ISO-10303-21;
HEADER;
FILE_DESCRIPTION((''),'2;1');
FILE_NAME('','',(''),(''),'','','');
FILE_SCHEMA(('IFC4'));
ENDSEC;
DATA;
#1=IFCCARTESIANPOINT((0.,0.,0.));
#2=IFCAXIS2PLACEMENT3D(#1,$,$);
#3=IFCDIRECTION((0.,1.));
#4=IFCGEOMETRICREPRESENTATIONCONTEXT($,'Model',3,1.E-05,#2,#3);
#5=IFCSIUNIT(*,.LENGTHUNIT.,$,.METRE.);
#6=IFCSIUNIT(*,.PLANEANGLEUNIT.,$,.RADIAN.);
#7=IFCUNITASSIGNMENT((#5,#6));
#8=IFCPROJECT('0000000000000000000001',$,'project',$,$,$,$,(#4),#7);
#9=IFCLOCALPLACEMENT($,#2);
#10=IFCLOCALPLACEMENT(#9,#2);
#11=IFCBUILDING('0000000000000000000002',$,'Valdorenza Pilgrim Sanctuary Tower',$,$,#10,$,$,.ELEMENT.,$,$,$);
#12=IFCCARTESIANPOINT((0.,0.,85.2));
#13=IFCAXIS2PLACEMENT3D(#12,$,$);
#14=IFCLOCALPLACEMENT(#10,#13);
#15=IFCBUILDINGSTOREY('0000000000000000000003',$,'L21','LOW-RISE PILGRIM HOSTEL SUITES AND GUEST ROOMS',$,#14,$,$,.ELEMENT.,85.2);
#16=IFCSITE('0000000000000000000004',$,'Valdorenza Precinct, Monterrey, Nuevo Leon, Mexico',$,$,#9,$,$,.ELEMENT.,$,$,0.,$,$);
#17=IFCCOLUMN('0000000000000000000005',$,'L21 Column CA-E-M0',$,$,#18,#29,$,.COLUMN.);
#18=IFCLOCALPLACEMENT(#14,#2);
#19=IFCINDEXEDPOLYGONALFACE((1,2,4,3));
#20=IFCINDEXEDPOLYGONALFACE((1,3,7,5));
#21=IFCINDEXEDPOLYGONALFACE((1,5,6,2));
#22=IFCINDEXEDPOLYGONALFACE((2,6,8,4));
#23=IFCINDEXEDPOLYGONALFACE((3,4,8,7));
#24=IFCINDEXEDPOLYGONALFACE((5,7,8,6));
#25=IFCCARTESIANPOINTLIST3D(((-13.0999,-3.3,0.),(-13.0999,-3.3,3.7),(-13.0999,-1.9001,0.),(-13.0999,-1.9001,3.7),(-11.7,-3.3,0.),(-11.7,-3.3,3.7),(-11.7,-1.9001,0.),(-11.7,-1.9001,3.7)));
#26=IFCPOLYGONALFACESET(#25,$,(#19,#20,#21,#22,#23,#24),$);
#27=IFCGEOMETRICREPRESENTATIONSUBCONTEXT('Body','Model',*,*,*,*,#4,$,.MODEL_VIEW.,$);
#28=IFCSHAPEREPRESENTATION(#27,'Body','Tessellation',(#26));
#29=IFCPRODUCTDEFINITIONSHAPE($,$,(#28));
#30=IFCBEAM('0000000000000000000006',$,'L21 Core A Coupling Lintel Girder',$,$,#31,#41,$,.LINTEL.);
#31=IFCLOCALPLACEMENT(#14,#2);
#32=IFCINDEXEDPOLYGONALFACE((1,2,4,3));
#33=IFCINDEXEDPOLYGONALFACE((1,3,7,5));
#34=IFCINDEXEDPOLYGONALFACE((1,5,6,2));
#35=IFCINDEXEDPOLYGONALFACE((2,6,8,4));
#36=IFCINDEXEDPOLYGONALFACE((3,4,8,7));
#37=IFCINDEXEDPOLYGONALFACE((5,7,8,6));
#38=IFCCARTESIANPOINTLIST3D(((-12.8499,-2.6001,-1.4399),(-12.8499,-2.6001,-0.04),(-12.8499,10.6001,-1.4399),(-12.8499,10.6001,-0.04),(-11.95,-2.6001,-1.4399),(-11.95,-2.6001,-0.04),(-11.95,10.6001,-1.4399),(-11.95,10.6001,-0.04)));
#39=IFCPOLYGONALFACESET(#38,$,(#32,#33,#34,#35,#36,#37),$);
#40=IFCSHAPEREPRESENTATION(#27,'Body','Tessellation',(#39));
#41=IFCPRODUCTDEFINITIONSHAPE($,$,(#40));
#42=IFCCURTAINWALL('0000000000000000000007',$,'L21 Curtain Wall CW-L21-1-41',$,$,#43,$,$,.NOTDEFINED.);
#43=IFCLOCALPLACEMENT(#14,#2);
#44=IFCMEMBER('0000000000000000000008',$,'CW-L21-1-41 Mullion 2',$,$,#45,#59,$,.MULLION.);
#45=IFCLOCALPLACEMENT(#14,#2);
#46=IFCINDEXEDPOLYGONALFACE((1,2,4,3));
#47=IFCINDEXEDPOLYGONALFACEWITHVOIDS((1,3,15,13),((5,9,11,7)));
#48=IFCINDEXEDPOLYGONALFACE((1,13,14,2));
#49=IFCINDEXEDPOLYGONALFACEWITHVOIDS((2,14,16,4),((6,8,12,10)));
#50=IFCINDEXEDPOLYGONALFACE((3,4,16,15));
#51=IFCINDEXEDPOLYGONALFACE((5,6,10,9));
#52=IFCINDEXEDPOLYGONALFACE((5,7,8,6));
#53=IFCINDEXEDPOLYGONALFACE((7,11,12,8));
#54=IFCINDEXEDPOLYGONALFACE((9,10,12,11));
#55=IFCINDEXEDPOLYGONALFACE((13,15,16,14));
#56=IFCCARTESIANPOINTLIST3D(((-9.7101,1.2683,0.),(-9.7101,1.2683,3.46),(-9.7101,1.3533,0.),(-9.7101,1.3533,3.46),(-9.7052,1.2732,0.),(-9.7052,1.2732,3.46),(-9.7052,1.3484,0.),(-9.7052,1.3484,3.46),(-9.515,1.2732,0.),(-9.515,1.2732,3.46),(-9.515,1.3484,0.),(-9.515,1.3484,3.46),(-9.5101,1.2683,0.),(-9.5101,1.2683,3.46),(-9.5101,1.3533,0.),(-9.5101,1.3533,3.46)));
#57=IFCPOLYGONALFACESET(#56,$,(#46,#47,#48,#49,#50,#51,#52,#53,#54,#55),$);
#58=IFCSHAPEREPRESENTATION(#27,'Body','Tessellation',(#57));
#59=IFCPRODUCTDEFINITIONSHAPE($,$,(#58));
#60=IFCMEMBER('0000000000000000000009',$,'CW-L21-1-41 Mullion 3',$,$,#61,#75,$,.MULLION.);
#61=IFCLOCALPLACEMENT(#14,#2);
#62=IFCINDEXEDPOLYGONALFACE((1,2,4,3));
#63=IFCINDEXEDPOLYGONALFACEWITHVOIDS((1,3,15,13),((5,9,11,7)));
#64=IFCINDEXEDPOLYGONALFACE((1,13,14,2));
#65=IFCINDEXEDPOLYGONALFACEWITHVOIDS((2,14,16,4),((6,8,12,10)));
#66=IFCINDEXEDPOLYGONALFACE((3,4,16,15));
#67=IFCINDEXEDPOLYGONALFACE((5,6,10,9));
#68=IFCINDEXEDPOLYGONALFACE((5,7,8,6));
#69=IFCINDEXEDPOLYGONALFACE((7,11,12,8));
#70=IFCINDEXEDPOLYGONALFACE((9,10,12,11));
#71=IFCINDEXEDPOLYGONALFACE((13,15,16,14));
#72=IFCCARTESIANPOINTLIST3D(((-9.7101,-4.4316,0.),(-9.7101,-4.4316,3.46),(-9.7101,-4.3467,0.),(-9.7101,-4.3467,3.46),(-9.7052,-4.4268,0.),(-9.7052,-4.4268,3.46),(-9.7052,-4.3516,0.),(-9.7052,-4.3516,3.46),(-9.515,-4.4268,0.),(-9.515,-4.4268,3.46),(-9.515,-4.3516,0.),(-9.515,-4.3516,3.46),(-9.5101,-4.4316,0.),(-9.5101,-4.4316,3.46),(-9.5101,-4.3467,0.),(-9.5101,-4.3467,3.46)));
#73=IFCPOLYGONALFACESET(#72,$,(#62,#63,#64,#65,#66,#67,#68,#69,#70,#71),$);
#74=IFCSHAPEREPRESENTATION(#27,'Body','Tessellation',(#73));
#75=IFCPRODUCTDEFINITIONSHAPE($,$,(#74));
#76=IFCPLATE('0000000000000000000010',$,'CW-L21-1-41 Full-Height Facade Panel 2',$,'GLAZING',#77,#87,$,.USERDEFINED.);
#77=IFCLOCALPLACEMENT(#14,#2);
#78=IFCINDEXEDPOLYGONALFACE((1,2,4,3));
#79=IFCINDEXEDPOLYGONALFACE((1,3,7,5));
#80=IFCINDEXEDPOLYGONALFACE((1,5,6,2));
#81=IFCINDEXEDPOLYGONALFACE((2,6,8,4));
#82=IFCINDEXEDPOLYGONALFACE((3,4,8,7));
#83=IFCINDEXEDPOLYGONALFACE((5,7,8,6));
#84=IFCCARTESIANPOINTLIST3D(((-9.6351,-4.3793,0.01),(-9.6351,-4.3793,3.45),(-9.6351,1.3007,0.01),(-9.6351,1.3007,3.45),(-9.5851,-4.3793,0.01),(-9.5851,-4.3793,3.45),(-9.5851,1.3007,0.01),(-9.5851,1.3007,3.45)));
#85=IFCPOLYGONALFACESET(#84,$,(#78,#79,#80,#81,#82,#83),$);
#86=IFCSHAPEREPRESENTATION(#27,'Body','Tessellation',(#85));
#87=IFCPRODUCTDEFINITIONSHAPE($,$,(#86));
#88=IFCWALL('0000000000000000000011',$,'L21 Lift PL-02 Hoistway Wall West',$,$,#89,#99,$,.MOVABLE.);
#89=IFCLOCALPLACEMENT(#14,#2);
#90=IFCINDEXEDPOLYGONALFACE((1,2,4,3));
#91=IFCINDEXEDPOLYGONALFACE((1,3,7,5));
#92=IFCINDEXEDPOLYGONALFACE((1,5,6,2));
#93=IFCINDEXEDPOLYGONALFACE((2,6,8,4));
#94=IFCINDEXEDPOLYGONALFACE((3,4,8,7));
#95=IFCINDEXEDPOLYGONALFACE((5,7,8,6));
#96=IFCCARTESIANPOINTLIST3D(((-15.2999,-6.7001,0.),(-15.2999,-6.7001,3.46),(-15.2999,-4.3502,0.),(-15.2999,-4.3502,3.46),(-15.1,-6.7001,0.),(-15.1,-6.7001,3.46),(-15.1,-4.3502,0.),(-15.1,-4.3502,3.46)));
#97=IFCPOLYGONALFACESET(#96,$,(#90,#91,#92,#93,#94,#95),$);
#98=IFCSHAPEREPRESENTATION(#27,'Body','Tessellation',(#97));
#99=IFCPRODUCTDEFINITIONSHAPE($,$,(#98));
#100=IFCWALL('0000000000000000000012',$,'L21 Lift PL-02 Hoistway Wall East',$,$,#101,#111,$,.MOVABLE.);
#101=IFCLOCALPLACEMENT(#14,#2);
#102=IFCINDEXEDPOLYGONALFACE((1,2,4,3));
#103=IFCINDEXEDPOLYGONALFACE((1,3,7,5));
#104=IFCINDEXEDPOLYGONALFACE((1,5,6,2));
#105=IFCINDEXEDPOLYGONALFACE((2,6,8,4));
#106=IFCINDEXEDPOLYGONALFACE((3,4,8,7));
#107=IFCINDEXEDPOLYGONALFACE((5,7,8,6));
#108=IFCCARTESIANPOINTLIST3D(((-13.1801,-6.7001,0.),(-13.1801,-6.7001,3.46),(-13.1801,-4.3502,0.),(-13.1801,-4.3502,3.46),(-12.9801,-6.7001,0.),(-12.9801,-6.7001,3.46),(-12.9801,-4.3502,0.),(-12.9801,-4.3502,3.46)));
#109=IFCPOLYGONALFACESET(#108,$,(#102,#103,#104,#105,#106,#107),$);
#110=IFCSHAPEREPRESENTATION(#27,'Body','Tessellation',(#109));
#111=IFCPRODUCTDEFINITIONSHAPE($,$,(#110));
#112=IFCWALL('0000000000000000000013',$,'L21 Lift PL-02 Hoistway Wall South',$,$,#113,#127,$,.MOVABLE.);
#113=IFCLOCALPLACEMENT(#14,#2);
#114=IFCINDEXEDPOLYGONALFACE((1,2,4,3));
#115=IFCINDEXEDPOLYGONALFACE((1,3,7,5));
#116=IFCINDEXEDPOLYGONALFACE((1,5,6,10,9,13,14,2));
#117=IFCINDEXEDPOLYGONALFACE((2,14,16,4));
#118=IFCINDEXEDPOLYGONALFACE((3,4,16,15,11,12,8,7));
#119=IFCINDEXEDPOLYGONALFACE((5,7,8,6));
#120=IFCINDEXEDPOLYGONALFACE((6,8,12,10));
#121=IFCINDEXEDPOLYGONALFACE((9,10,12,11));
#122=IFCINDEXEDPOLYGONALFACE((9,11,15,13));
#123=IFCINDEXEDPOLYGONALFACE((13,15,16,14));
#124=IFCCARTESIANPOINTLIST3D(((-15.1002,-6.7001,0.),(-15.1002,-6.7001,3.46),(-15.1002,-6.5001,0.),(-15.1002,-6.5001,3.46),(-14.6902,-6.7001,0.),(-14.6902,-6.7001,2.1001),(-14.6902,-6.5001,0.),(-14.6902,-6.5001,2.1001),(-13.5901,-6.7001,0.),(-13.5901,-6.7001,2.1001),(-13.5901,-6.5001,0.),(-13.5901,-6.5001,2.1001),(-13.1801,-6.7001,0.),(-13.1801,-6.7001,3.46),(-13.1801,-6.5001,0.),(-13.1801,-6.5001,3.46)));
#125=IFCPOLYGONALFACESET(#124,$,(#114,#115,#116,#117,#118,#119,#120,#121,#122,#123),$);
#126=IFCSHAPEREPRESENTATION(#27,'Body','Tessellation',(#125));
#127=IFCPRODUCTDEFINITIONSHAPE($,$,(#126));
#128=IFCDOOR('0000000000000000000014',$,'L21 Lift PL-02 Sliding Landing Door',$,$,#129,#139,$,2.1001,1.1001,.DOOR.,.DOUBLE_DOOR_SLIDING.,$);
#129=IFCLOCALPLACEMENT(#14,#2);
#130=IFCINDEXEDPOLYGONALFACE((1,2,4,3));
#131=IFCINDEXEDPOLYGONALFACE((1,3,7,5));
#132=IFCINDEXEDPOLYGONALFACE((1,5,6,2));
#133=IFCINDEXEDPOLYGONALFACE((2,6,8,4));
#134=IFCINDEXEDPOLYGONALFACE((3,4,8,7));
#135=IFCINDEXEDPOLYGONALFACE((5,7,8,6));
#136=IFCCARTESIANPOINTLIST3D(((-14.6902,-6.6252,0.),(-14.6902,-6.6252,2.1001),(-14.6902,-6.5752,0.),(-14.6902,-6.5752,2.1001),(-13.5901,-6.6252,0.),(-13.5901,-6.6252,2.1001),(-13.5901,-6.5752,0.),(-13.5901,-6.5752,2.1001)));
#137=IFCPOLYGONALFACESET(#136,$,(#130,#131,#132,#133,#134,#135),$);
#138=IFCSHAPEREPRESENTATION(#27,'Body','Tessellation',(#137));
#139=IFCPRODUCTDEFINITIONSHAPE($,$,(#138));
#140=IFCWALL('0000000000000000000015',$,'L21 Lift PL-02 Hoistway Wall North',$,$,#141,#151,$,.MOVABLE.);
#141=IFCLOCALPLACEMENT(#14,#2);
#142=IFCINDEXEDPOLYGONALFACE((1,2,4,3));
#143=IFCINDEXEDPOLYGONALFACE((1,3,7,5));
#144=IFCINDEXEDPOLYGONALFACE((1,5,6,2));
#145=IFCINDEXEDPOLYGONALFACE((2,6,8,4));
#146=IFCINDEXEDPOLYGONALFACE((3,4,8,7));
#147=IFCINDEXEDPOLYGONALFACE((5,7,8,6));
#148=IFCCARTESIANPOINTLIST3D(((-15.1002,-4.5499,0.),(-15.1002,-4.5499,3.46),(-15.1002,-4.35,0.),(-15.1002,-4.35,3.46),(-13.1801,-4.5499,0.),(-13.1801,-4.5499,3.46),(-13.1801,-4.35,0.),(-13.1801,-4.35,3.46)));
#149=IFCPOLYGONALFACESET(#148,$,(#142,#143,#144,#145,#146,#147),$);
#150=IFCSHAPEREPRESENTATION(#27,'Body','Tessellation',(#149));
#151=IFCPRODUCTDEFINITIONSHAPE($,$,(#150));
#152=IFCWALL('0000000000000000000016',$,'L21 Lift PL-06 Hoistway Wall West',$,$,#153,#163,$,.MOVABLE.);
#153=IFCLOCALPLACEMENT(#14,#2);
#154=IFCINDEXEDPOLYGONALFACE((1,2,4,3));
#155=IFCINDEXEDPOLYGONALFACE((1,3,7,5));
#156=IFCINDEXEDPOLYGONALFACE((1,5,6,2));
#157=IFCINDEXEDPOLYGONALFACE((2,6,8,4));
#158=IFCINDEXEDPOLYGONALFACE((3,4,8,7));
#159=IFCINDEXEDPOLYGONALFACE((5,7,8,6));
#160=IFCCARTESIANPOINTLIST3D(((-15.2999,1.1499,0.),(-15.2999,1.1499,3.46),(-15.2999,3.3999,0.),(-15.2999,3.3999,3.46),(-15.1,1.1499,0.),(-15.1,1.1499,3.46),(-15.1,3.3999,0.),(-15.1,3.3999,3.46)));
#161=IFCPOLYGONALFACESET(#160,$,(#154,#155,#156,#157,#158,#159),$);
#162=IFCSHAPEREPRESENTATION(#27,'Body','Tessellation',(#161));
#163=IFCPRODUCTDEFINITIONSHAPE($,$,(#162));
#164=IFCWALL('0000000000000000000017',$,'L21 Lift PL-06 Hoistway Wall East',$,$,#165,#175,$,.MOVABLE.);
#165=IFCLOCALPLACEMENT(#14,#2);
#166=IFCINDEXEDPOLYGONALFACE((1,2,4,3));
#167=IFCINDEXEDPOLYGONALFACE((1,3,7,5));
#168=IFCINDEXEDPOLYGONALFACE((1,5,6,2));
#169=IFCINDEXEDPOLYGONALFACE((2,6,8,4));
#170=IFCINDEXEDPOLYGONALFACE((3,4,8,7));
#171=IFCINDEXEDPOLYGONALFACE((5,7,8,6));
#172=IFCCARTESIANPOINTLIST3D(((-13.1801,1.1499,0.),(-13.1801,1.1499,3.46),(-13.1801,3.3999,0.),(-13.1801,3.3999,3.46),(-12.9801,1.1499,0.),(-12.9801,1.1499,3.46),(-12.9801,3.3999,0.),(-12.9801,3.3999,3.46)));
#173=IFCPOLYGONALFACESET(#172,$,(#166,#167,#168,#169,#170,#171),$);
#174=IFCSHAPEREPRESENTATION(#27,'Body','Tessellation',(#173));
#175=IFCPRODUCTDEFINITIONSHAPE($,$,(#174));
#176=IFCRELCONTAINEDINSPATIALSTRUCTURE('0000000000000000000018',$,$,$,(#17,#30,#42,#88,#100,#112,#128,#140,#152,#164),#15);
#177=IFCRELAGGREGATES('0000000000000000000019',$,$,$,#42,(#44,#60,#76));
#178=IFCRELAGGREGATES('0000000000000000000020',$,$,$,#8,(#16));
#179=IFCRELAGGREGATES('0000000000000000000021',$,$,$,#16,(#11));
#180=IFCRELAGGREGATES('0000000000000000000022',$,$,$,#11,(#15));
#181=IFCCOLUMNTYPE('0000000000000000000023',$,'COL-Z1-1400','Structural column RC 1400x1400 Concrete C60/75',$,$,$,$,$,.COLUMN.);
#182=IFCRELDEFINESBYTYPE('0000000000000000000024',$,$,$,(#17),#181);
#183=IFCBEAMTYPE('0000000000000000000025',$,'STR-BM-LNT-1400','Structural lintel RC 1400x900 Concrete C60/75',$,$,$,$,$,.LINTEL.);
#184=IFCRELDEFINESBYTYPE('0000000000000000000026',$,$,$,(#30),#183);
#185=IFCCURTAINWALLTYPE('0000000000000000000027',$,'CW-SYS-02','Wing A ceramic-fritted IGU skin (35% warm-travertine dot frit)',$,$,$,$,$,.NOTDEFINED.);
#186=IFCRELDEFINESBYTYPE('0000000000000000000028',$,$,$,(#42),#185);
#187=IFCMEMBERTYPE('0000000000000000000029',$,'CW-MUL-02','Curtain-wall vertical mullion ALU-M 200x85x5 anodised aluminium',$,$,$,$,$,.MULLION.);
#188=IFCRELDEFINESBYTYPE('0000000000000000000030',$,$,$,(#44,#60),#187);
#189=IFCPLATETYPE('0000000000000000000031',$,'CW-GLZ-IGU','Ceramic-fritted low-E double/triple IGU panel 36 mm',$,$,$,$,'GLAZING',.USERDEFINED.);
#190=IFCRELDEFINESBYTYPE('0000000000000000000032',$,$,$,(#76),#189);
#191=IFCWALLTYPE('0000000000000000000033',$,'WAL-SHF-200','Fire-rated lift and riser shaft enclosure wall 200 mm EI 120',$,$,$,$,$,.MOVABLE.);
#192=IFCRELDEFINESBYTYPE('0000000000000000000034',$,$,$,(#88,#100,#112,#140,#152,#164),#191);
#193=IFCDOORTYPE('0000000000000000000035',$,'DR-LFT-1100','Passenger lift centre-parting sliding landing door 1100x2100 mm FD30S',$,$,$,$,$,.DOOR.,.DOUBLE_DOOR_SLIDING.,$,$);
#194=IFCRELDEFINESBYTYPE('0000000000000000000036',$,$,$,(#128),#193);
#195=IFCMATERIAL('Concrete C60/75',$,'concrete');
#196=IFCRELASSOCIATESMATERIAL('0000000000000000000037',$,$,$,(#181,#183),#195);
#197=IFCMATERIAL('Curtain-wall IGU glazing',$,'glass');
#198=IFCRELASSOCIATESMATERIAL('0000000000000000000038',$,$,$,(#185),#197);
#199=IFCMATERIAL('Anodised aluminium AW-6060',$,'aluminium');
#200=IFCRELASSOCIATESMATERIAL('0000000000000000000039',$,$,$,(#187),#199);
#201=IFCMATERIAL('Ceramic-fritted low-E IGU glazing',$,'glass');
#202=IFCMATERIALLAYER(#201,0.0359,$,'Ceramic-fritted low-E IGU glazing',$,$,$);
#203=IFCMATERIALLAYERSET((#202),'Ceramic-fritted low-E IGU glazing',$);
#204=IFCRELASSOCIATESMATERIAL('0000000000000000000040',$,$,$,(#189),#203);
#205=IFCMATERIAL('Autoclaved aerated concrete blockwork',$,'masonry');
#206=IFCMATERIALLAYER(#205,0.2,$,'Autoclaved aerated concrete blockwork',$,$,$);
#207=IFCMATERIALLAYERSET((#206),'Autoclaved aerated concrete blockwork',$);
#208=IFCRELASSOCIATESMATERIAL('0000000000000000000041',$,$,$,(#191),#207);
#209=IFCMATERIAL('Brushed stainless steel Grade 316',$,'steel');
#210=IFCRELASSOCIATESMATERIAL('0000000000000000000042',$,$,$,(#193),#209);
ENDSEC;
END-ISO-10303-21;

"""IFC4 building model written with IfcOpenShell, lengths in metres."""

from ifc_helpers import new_model, si_unit, direction, frame, frame_2d, origin, origin_2d, place, context, subcontext, project, spatial, rectangle, hollow_rectangle, extrude, source, transform, mapped, material, layer, layer_set, material_profile, profile_set, type_object, element, fill, aggregate, save


model = new_model("IFC4")

# Units and contexts
model_context = context("Model", 3, precision=1e-05, world=origin(), true_north=direction((0.0, 1.0)))
body_context = subcontext(model_context, "Body", "Model", "MODEL_VIEW")
ifc_project = project(units=[si_unit("LENGTHUNIT", "METRE"), si_unit("PLANEANGLEUNIT", "RADIAN")], contexts=[model_context])

# Site, building, storey
site_placement = place(None, origin())
site = spatial("IfcSite", under=ifc_project, at=site_placement, Name="Valdorenza Precinct, Monterrey, Nuevo Leon, Mexico", CompositionType="ELEMENT", RefElevation=0.0)
building_placement = place(site_placement, origin())
building = spatial("IfcBuilding", under=site, at=building_placement, Name="Valdorenza Pilgrim Sanctuary Tower", CompositionType="ELEMENT")
storey_placement = place(building_placement, frame((0.0, 0.0, 85.2)))
storey = spatial("IfcBuildingStorey", under=building, at=storey_placement, Name="L21", Description="LOW-RISE PILGRIM HOSTEL SUITES AND GUEST ROOMS", CompositionType="ELEMENT", Elevation=85.2)

# Column
ifc_material_1 = material(Name="Concrete C60/75", Category="concrete")
ifc_material_profile_1 = material_profile(ifc_material_1, rectangle(XDim=1.3999, YDim=1.3999, at=origin_2d()), Name="RC 1400x1400")
ifc_profile_set_1 = profile_set([ifc_material_profile_1], Name="Concrete C60/75")
column_type = type_object("IfcColumnType", Name="COL-Z1-1400", Description="Structural column RC 1400x1400 Concrete C60/75", PredefinedType="COLUMN", material=ifc_profile_set_1)
shared_shape_1 = source(origin(), body_context, "Body", "SweptSolid", [
    extrude(rectangle(XDim=1.3999, YDim=1.3999, at=origin_2d()), origin(), (0.0, 0.0, 1.0), 3.7),
])
column_placement = place(storey_placement, frame((-12.3999, -2.6001, 0.0), z_axis=(0.0, 0.0, 1.0), x_axis=(1.0, 0.0, 0.0)))
element("IfcColumn", 1, at=column_placement, inside=storey, type_object=column_type, Name="L21 Column CA-E-M0", PredefinedType="COLUMN", context=body_context, shape_type="MappedRepresentation", body=[
    mapped(shared_shape_1, transform((0.0, 0.0, 0.0), x_axis=(1.0, 0.0, 0.0), y_axis=(0.0, 1.0, 0.0), z_axis=(0.0, 0.0, 1.0), scale=1.0)),
])

# Beam
ifc_material_profile_2 = material_profile(ifc_material_1, rectangle(XDim=0.8999, YDim=1.3999, at=origin_2d()), Name="RC 1400x900")
ifc_profile_set_2 = profile_set([ifc_material_profile_2], Name="Concrete C60/75")
beam_type = type_object("IfcBeamType", Name="STR-BM-LNT-1400", Description="Structural lintel RC 1400x900 Concrete C60/75", PredefinedType="LINTEL", material=ifc_profile_set_2)
shared_shape_2 = source(origin(), body_context, "Body", "SweptSolid", [
    extrude(rectangle(XDim=0.8999, YDim=1.3999, at=origin_2d()), origin(), (0.0, 0.0, 1.0), 13.2002),
])
beam_placement = place(storey_placement, frame((-12.3999, -2.6001, -0.74), z_axis=(0.0, 1.0, 0.0), x_axis=(-1.0, 0.0, 0.0)))
element("IfcBeam", 2, at=beam_placement, inside=storey, type_object=beam_type, Name="L21 Core A Coupling Lintel Girder", PredefinedType="LINTEL", context=body_context, shape_type="MappedRepresentation", body=[
    mapped(shared_shape_2, transform((0.0, 0.0, 0.0), x_axis=(1.0, 0.0, 0.0), y_axis=(0.0, 1.0, 0.0), z_axis=(0.0, 0.0, 1.0), scale=1.0)),
])

# Curtain wall, members, plate
ifc_material_2 = material(Name="Curtain-wall IGU glazing", Category="glass")
curtain_wall_type = type_object("IfcCurtainWallType", Name="CW-SYS-02", Description="Wing A ceramic-fritted IGU skin (35% warm-travertine dot frit)", PredefinedType="NOTDEFINED", material=ifc_material_2)
curtain_wall_placement = place(storey_placement, origin())
curtain_wall = element("IfcCurtainWall", 3, at=curtain_wall_placement, inside=storey, type_object=curtain_wall_type, Name="L21 Curtain Wall CW-L21-1-41", PredefinedType="NOTDEFINED")
ifc_material_3 = material(Name="Anodised aluminium AW-6060", Category="aluminium")
ifc_material_profile_3 = material_profile(ifc_material_3, hollow_rectangle(XDim=0.085, YDim=0.2, WallThickness=0.0049, at=origin_2d()), Name="ALU-M 200x85x5")
ifc_profile_set_3 = profile_set([ifc_material_profile_3], Name="Anodised aluminium AW-6060")
member_type = type_object("IfcMemberType", Name="CW-MUL-02", Description="Curtain-wall vertical mullion ALU-M 200x85x5 anodised aluminium", PredefinedType="MULLION", material=ifc_profile_set_3)
shared_shape_3 = source(origin(), body_context, "Body", "SweptSolid", [
    extrude(hollow_rectangle(XDim=0.085, YDim=0.2, WallThickness=0.0049, at=origin_2d()), origin(), (0.0, 0.0, 1.0), 3.46),
])
member_1_placement = place(storey_placement, frame((-9.6101, 1.3108, 0.0), z_axis=(0.0, 0.0, 1.0), x_axis=(0.0, -1.0, 0.0)))
member_1 = element("IfcMember", 4, at=member_1_placement, type_object=member_type, Name="CW-L21-1-41 Mullion 2", PredefinedType="MULLION", context=body_context, shape_type="MappedRepresentation", body=[
    mapped(shared_shape_3, transform((0.0, 0.0, 0.0), x_axis=(1.0, 0.0, 0.0), y_axis=(0.0, 1.0, 0.0), z_axis=(0.0, 0.0, 1.0), scale=1.0)),
])
member_2_placement = place(storey_placement, frame((-9.6101, -4.3892, 0.0), z_axis=(0.0, 0.0, 1.0), x_axis=(0.0, -1.0, 0.0)))
member_2 = element("IfcMember", 5, at=member_2_placement, type_object=member_type, Name="CW-L21-1-41 Mullion 3", PredefinedType="MULLION", context=body_context, shape_type="MappedRepresentation", body=[
    mapped(shared_shape_3, transform((0.0, 0.0, 0.0), x_axis=(1.0, 0.0, 0.0), y_axis=(0.0, 1.0, 0.0), z_axis=(0.0, 0.0, 1.0), scale=1.0)),
])
ifc_material_4 = material(Name="Ceramic-fritted low-E IGU glazing", Category="glass")
ifc_layer_1 = layer(ifc_material_4, 0.0359, Name="Ceramic-fritted low-E IGU glazing")
ifc_layer_set_1 = layer_set([ifc_layer_1], Name="Ceramic-fritted low-E IGU glazing")
plate_type = type_object("IfcPlateType", Name="CW-GLZ-IGU", Description="Ceramic-fritted low-E double/triple IGU panel 36 mm", ElementType="GLAZING", PredefinedType="USERDEFINED", material=ifc_layer_set_1)
shared_shape_4 = source(origin(), body_context, "Body", "SweptSolid", [
    extrude(rectangle(XDim=5.6799, YDim=0.05, at=origin_2d()), origin(), (0.0, 0.0, 1.0), 3.4399),
])
plate_placement = place(storey_placement, frame((-9.6101, -1.5393, 0.01), z_axis=(0.0, 0.0, 1.0), x_axis=(0.0, -1.0, 0.0)))
plate = element("IfcPlate", 6, at=plate_placement, type_object=plate_type, Name="CW-L21-1-41 Full-Height Facade Panel 2", ObjectType="GLAZING", PredefinedType="USERDEFINED", context=body_context, shape_type="MappedRepresentation", body=[
    mapped(shared_shape_4, transform((0.0, 0.0, 0.0), x_axis=(1.0, 0.0, 0.0), y_axis=(0.0, 1.0, 0.0), z_axis=(0.0, 0.0, 1.0), scale=1.0)),
])
aggregate(curtain_wall, [member_1, member_2, plate])

# Walls
ifc_material_5 = material(Name="Autoclaved aerated concrete blockwork", Category="masonry")
ifc_layer_2 = layer(ifc_material_5, 0.2, Name="Autoclaved aerated concrete blockwork")
ifc_layer_set_2 = layer_set([ifc_layer_2], Name="Autoclaved aerated concrete blockwork")
wall_type_1 = type_object("IfcWallType", Name="WAL-SHF-200", Description="Fire-rated lift and riser shaft enclosure wall 200 mm EI 120", PredefinedType="MOVABLE", material=ifc_layer_set_2)
for number, where, z_axis, x_axis, name in (
    (7, (-15.2, -6.7, 0.0), (0.0, 0.0, 1.0), (0.0, 1.0, 0.0), "L21 Lift PL-02 Hoistway Wall West"),
    (8, (-13.0801, -6.7, 0.0), (0.0, 0.0, 1.0), (0.0, 1.0, 0.0), "L21 Lift PL-02 Hoistway Wall East"),
):
    element("IfcWall", number, at=place(storey_placement, frame(where, z_axis=z_axis, x_axis=x_axis)), inside=storey, type_object=wall_type_1, Name=name, PredefinedType="MOVABLE", context=body_context, shape_type="SweptSolid", body=[
        extrude(rectangle(XDim=2.3499, YDim=0.2, at=frame_2d((1.1748, 0.0))), origin(), (0.0, 0.0, 1.0), 3.46),
    ])

# Wall, opening, door
wall_1_placement = place(storey_placement, frame((-15.1001, -6.6001, 0.0), z_axis=(0.0, 0.0, 1.0), x_axis=(1.0, 0.0, 0.0)))
wall_1 = element("IfcWall", 9, at=wall_1_placement, inside=storey, type_object=wall_type_1, Name="L21 Lift PL-02 Hoistway Wall South", PredefinedType="MOVABLE", context=body_context, shape_type="SweptSolid", body=[
    extrude(rectangle(XDim=1.9202, YDim=0.2, at=frame_2d((0.96, 0.0))), origin(), (0.0, 0.0, 1.0), 3.46),
])
opening_1_placement = place(wall_1_placement, frame((0.4099, 0.0, 0.0)))
opening_1 = element("IfcOpeningElement", 10, at=opening_1_placement, cuts=wall_1, PredefinedType="OPENING", context=body_context, shape_type="SweptSolid", body=[
    extrude(rectangle(XDim=1.1001, YDim=2.1001, at=frame_2d((0.55, 1.05))), frame((0.0, 0.1147, 0.0), z_axis=(0.0, -1.0, 0.0), x_axis=(1.0, 0.0, 0.0)), (0.0, 0.0, 1.0), 0.2297),
])
ifc_material_6 = material(Name="Brushed stainless steel Grade 316", Category="steel")
door_type_1 = type_object("IfcDoorType", Name="DR-LFT-1100", Description="Passenger lift centre-parting sliding landing door 1100x2100 mm FD30S", OperationType="DOUBLE_DOOR_SLIDING", PredefinedType="DOOR", material=ifc_material_6)
door_1_placement = place(opening_1_placement, origin())
door_1 = element("IfcDoor", 11, at=door_1_placement, inside=storey, type_object=door_type_1, Name="L21 Lift PL-02 Sliding Landing Door", OperationType="DOUBLE_DOOR_SLIDING", OverallHeight=2.1001, OverallWidth=1.1001, PredefinedType="DOOR", context=body_context, shape_type="SweptSolid", body=[
    extrude(rectangle(XDim=1.1001, YDim=2.1001, at=frame_2d((0.55, 1.05))), frame((0.0, 0.0249, 0.0), z_axis=(0.0, -1.0, 0.0), x_axis=(1.0, 0.0, 0.0)), (0.0, 0.0, 1.0), 0.05),
])
fill(opening_1, door_1)

# Walls
wall_2_placement = place(storey_placement, frame((-15.1001, -4.45, 0.0), z_axis=(0.0, 0.0, 1.0), x_axis=(1.0, 0.0, 0.0)))
element("IfcWall", 12, at=wall_2_placement, inside=storey, type_object=wall_type_1, Name="L21 Lift PL-02 Hoistway Wall North", PredefinedType="MOVABLE", context=body_context, shape_type="SweptSolid", body=[
    extrude(rectangle(XDim=1.9202, YDim=0.2, at=frame_2d((0.96, 0.0))), origin(), (0.0, 0.0, 1.0), 3.46),
])
for number, where, z_axis, x_axis, name in (
    (13, (-15.2, 1.1499, 0.0), (0.0, 0.0, 1.0), (0.0, 1.0, 0.0), "L21 Lift PL-06 Hoistway Wall West"),
    (14, (-13.0801, 1.1499, 0.0), (0.0, 0.0, 1.0), (0.0, 1.0, 0.0), "L21 Lift PL-06 Hoistway Wall East"),
):
    element("IfcWall", number, at=place(storey_placement, frame(where, z_axis=z_axis, x_axis=x_axis)), inside=storey, type_object=wall_type_1, Name=name, PredefinedType="MOVABLE", context=body_context, shape_type="SweptSolid", body=[
        extrude(rectangle(XDim=2.25, YDim=0.2, at=frame_2d((1.125, 0.0))), origin(), (0.0, 0.0, 1.0), 3.46),
    ])

save(model, "model.ifc")
